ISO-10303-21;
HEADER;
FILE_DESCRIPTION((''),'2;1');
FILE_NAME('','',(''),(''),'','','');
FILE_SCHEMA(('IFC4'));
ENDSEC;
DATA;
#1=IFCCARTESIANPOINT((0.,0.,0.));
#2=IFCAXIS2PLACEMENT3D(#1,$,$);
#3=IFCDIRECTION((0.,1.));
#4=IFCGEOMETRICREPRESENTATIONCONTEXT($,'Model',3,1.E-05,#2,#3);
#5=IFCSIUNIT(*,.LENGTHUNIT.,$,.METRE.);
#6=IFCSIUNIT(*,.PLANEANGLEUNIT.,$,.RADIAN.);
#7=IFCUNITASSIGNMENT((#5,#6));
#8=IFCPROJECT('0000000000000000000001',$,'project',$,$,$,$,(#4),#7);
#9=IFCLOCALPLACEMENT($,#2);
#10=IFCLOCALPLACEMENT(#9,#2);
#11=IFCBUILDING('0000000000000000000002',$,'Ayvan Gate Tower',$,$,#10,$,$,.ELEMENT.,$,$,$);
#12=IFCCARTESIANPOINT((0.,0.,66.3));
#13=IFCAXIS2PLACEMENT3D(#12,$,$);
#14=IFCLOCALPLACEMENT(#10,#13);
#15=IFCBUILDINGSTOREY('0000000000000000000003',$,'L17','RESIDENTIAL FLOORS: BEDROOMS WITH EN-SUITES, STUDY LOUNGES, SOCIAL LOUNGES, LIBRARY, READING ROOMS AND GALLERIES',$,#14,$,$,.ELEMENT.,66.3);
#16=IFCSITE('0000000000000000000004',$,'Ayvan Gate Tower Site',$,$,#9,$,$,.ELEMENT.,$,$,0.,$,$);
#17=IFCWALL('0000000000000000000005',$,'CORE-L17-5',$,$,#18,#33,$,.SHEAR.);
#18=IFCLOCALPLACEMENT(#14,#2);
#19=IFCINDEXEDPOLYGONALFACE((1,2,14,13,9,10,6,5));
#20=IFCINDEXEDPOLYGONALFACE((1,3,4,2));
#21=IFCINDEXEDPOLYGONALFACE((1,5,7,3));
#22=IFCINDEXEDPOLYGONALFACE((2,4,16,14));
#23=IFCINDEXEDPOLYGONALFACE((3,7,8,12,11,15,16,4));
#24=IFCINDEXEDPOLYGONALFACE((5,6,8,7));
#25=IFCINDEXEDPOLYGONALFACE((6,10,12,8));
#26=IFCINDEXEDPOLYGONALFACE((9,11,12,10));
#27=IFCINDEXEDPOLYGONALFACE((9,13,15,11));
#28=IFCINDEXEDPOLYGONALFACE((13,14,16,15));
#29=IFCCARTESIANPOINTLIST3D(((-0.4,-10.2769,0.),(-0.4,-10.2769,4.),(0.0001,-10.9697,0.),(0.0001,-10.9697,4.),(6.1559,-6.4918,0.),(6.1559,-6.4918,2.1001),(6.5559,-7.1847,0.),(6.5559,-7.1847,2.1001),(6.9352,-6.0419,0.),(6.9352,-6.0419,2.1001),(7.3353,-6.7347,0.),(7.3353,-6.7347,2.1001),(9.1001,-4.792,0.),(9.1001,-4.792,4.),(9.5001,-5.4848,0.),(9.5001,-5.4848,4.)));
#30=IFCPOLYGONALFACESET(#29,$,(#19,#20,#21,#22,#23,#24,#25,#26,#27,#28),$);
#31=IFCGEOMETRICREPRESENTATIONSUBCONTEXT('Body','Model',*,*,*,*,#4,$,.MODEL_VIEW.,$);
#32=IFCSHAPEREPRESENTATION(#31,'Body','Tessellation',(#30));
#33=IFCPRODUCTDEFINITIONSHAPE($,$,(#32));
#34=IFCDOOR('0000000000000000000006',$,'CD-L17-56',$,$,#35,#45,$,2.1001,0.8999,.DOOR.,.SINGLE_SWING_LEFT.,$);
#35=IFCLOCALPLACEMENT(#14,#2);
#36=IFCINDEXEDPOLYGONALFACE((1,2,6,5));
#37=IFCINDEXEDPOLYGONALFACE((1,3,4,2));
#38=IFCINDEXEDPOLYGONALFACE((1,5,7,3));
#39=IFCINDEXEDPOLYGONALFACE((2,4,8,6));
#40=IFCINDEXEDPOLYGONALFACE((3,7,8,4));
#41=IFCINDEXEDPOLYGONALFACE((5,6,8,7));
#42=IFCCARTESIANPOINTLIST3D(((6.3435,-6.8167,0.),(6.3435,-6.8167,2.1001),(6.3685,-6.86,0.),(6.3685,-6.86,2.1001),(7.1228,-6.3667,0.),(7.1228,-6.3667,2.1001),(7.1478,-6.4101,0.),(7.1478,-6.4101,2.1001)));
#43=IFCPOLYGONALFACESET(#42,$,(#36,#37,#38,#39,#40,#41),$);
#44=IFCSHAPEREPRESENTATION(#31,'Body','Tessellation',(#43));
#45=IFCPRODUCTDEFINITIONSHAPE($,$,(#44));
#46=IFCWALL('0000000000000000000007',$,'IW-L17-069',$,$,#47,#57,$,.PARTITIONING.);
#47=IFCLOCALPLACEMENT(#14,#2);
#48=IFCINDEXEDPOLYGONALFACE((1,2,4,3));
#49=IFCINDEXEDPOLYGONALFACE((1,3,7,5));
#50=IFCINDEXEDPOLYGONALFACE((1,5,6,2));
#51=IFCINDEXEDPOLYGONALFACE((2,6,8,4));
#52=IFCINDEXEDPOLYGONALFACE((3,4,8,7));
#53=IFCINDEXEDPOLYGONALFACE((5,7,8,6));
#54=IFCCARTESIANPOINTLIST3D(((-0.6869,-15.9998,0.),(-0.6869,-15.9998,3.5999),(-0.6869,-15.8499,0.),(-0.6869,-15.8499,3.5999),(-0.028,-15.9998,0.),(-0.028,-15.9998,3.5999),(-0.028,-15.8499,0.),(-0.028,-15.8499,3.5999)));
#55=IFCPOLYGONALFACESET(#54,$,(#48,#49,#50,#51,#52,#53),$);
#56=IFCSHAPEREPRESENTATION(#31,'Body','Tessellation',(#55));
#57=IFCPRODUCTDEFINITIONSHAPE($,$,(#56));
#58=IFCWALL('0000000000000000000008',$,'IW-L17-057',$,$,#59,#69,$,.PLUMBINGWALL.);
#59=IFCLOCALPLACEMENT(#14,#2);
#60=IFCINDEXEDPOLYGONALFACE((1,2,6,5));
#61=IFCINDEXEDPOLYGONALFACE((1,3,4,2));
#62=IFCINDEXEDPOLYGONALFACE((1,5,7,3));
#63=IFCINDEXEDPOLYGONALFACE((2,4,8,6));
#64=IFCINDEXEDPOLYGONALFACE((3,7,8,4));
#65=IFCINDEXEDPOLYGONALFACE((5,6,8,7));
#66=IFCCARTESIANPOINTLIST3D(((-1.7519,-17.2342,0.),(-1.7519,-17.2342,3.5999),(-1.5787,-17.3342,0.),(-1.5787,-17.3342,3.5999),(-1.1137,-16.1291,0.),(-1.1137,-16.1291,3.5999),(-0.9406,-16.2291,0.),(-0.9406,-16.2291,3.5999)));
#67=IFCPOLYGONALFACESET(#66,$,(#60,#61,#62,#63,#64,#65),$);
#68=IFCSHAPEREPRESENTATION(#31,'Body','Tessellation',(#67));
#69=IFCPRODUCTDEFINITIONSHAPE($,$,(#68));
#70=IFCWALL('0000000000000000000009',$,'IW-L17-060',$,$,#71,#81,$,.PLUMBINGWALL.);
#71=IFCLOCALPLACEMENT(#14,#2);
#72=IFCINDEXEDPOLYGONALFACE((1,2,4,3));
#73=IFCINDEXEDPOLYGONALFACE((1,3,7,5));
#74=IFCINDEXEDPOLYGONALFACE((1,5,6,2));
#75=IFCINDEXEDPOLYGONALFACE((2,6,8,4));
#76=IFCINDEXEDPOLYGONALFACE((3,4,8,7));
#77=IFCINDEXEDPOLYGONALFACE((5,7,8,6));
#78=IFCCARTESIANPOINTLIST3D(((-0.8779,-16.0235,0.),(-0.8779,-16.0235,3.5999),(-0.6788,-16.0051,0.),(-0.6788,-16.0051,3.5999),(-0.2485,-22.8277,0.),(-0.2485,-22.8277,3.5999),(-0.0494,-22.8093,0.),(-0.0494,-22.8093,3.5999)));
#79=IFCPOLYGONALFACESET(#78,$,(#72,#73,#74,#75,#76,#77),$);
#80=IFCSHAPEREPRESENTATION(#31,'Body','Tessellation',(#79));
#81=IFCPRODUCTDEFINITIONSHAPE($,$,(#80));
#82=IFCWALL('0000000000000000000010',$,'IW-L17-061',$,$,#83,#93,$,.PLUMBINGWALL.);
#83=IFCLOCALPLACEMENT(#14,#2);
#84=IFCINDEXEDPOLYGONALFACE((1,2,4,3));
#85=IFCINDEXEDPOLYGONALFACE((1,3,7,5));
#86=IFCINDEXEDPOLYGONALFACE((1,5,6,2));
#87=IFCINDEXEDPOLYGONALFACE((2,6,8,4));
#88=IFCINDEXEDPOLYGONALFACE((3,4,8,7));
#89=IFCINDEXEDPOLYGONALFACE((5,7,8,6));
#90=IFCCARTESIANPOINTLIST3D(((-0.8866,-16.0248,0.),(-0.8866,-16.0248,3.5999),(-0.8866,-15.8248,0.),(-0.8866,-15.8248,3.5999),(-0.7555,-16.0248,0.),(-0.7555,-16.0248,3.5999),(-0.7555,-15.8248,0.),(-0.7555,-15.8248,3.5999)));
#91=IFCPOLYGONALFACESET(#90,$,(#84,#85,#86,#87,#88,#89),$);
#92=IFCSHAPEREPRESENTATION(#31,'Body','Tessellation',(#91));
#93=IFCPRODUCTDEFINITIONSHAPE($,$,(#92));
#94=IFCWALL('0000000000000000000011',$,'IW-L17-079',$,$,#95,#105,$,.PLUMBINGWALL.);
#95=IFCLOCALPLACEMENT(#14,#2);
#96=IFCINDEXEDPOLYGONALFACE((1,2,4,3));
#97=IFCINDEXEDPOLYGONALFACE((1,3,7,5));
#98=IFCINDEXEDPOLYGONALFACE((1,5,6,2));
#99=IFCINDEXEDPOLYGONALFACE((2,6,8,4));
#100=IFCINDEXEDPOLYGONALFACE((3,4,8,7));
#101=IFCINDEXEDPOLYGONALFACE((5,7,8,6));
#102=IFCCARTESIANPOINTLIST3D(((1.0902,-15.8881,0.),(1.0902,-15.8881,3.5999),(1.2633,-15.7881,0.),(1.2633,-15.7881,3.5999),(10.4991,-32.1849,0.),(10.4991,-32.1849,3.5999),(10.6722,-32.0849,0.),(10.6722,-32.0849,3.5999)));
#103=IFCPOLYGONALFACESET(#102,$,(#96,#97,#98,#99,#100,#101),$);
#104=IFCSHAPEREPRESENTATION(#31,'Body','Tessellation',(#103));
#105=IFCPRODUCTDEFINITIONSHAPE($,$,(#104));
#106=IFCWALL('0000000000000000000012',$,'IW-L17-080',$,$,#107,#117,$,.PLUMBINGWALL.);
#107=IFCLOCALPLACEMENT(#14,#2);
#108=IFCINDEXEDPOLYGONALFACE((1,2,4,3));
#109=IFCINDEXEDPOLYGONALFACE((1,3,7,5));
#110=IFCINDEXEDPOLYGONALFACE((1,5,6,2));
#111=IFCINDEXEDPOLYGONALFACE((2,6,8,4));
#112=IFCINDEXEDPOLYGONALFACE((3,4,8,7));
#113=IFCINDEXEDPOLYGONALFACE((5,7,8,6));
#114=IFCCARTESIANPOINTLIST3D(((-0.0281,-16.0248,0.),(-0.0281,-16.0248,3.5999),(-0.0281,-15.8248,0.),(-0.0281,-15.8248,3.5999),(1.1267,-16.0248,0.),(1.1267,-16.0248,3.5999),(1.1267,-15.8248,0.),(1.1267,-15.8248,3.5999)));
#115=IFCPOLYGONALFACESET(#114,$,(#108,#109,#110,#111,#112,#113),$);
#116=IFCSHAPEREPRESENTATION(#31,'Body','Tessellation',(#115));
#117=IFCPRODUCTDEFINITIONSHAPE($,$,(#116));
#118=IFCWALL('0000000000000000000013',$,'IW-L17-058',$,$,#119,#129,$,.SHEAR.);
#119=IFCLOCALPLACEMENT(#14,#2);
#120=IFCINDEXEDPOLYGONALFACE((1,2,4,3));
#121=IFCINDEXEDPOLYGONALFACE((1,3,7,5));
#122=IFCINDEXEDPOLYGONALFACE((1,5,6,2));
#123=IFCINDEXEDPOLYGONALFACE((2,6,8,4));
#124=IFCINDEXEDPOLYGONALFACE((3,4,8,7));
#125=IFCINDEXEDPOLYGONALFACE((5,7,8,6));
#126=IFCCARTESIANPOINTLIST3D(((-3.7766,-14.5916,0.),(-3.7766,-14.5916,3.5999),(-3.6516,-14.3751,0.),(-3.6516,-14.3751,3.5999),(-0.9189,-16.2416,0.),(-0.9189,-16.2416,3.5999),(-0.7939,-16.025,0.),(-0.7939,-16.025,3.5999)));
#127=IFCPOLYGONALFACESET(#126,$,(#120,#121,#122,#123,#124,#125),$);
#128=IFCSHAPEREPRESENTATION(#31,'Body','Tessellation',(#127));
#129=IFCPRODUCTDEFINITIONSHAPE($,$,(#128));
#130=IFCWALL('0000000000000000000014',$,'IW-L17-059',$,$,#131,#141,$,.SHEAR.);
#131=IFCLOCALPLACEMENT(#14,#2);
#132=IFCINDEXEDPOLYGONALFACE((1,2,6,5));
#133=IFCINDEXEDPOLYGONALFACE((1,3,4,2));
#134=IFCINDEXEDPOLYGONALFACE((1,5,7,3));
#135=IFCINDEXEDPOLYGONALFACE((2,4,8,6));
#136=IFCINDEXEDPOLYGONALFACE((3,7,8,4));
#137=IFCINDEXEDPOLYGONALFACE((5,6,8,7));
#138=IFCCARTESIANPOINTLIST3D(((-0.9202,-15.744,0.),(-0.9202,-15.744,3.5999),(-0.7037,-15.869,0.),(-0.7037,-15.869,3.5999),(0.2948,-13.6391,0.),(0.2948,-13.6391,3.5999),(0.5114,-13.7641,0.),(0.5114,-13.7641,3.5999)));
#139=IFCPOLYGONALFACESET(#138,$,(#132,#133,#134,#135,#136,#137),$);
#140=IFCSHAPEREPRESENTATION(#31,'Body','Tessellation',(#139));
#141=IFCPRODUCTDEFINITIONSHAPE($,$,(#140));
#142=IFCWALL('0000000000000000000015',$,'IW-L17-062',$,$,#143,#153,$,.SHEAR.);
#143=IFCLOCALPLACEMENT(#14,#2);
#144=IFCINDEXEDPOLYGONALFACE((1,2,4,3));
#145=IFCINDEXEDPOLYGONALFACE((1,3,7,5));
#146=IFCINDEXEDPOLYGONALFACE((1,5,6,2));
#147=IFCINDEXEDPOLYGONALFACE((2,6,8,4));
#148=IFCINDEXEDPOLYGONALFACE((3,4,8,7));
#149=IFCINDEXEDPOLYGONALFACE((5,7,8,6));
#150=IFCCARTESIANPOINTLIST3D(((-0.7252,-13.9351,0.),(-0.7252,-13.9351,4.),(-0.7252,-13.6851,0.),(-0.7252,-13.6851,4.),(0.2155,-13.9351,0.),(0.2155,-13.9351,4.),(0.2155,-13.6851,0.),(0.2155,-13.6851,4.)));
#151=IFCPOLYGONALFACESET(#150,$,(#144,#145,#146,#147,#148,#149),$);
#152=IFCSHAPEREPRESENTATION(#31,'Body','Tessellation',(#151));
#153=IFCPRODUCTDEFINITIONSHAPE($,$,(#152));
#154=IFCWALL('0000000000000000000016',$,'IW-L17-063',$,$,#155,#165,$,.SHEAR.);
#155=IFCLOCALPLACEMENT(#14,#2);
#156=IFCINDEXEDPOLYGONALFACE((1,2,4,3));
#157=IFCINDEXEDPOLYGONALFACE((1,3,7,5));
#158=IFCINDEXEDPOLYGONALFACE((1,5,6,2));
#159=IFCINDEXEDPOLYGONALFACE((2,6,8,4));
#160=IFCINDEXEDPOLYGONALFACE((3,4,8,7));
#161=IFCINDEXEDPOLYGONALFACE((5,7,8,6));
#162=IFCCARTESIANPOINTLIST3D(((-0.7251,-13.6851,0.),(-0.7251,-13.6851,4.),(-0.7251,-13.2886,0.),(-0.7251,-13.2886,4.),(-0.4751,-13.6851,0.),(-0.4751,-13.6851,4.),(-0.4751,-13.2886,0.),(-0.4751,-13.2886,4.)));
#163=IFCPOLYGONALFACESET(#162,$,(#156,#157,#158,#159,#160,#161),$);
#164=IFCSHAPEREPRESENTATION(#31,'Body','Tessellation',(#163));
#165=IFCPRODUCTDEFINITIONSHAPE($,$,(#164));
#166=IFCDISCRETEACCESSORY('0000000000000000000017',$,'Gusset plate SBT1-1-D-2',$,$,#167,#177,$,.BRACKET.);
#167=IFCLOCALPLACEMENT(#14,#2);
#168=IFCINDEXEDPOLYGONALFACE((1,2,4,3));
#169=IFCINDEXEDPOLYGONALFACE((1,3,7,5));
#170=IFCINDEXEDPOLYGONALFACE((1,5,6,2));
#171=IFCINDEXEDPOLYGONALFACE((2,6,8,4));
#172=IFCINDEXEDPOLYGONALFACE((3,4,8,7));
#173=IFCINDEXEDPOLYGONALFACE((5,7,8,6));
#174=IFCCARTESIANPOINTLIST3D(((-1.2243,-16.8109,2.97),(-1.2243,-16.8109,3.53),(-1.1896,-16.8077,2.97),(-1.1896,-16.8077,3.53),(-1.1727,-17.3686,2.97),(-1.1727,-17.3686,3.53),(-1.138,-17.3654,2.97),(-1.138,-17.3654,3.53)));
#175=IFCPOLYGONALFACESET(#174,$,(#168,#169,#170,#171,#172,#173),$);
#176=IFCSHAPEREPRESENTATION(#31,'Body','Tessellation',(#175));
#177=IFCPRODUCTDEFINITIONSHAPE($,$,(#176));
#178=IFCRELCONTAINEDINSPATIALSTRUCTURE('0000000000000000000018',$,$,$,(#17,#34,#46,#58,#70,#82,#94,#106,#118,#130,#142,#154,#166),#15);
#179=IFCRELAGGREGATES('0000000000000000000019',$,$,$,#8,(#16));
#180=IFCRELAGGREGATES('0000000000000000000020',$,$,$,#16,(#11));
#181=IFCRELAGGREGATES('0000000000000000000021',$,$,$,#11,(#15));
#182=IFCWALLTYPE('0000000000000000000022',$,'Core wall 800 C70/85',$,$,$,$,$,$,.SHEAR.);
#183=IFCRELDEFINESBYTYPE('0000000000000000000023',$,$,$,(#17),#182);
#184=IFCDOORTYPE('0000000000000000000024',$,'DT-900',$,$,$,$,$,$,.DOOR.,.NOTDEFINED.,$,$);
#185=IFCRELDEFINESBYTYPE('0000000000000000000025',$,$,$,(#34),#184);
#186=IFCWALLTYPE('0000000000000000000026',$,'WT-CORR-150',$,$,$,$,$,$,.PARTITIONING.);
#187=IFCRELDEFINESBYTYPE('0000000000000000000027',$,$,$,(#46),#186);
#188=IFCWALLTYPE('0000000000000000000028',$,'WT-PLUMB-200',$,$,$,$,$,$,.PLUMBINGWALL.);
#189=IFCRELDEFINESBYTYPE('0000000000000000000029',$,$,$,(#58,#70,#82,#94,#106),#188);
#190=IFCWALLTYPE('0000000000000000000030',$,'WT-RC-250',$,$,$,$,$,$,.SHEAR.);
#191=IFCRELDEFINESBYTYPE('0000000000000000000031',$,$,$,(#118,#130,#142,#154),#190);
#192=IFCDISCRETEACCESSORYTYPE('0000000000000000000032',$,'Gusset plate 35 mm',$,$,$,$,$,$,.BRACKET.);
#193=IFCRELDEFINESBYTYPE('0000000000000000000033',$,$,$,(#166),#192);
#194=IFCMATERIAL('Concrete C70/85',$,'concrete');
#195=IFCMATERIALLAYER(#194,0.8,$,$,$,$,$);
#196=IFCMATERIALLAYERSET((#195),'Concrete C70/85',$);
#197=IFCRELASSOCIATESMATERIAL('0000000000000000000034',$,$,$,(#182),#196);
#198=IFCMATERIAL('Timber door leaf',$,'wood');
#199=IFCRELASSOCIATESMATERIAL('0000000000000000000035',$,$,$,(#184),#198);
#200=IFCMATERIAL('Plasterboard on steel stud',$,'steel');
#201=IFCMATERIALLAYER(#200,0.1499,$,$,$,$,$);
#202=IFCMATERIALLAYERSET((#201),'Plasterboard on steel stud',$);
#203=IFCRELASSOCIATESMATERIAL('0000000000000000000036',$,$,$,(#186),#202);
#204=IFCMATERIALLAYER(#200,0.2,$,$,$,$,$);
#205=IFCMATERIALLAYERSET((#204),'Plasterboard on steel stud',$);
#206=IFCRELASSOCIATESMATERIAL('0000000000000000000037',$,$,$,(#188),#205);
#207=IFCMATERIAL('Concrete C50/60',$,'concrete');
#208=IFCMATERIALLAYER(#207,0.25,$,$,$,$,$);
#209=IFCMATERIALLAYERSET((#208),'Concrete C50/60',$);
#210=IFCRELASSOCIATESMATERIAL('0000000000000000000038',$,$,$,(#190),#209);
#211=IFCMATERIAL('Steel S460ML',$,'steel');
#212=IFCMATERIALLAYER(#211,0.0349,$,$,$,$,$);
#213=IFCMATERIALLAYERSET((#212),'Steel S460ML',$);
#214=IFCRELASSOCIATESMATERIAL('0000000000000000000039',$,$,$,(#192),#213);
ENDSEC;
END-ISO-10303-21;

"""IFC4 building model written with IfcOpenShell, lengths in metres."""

from ifc_helpers import new_model, si_unit, direction, frame, frame_2d, origin, origin_2d, place, context, subcontext, project, spatial, rectangle, extrude, material, layer, layer_set, type_object, element, fill, save


model = new_model("IFC4")

# Units and contexts
model_context = context("Model", 3, precision=1e-05, world=origin(), true_north=direction((0.0, 1.0)))
body_context = subcontext(model_context, "Body", "Model", "MODEL_VIEW")
ifc_project = project(units=[si_unit("LENGTHUNIT", "METRE"), si_unit("PLANEANGLEUNIT", "RADIAN")], contexts=[model_context])

# Site, building, storey
site_placement = place(None, origin())
site = spatial("IfcSite", under=ifc_project, at=site_placement, Name="Ayvan Gate Tower Site", CompositionType="ELEMENT", RefElevation=0.0)
building_placement = place(site_placement, origin())
building = spatial("IfcBuilding", under=site, at=building_placement, Name="Ayvan Gate Tower", CompositionType="ELEMENT")
storey_placement = place(building_placement, frame((0.0, 0.0, 66.3)))
storey = spatial("IfcBuildingStorey", under=building, at=storey_placement, Name="L17", Description="RESIDENTIAL FLOORS: BEDROOMS WITH EN-SUITES, STUDY LOUNGES, SOCIAL LOUNGES, LIBRARY, READING ROOMS AND GALLERIES", CompositionType="ELEMENT", Elevation=66.3)

# Wall, opening, door
ifc_material_1 = material(Name="Concrete C70/85", Category="concrete")
ifc_layer_1 = layer(ifc_material_1, 0.8)
ifc_layer_set_1 = layer_set([ifc_layer_1], Name="Concrete C70/85")
wall_type_1 = type_object("IfcWallType", Name="Core wall 800 C70/85", PredefinedType="SHEAR", material=ifc_layer_set_1)
wall_1_placement = place(storey_placement, frame((-0.2, -10.6233, 0.0), z_axis=(0.0, 0.0, 1.0), x_axis=(0.866024, 0.500002, 0.0)))
wall_1 = element("IfcWall", 1, at=wall_1_placement, inside=storey, type_object=wall_type_1, Name="CORE-L17-5", PredefinedType="SHEAR", context=body_context, shape_type="SweptSolid", body=[
    extrude(rectangle(XDim=10.9697, YDim=0.8, at=frame_2d((5.4849, 0.0))), origin(), (0.0, 0.0, 1.0), 4.0),
])
opening_placement = place(wall_1_placement, frame((7.5701, 0.0, 0.0)))
opening = element("IfcOpeningElement", 2, at=opening_placement, cuts=wall_1, PredefinedType="OPENING", context=body_context, shape_type="SweptSolid", body=[
    extrude(rectangle(XDim=0.8999, YDim=2.1001, at=frame_2d((0.45, 1.05))), frame((0.0, 0.4099, 0.0), z_axis=(0.0, -1.0, 0.0), x_axis=(1.0, 0.0, 0.0)), (0.0, 0.0, 1.0), 0.8201),
])
ifc_material_2 = material(Name="Timber door leaf", Category="wood")
door_type = type_object("IfcDoorType", Name="DT-900", OperationType="NOTDEFINED", PredefinedType="DOOR", material=ifc_material_2)
door_placement = place(opening_placement, origin())
door = element("IfcDoor", 3, at=door_placement, inside=storey, type_object=door_type, Name="CD-L17-56", OperationType="SINGLE_SWING_LEFT", OverallHeight=2.1001, OverallWidth=0.8999, PredefinedType="DOOR", context=body_context, shape_type="SweptSolid", body=[
    extrude(rectangle(XDim=0.8999, YDim=2.1001, at=frame_2d((0.45, 1.05))), frame((0.0, 0.0249, 0.0), z_axis=(0.0, -1.0, 0.0), x_axis=(1.0, 0.0, 0.0)), (0.0, 0.0, 1.0), 0.05),
])
fill(opening, door)

# Walls
ifc_material_3 = material(Name="Plasterboard on steel stud", Category="steel")
ifc_layer_2 = layer(ifc_material_3, 0.1499)
ifc_layer_set_2 = layer_set([ifc_layer_2], Name="Plasterboard on steel stud")
wall_type_2 = type_object("IfcWallType", Name="WT-CORR-150", PredefinedType="PARTITIONING", material=ifc_layer_set_2)
wall_2_placement = place(storey_placement, frame((-0.0278, -15.9248, 0.0), z_axis=(0.0, 0.0, 1.0), x_axis=(-1.0, 0.0, 0.0)))
element("IfcWall", 4, at=wall_2_placement, inside=storey, type_object=wall_type_2, Name="IW-L17-069", PredefinedType="PARTITIONING", context=body_context, shape_type="SweptSolid", body=[
    extrude(rectangle(XDim=0.6589, YDim=0.1499, at=frame_2d((0.3296, 0.0))), origin(), (0.0, 0.0, 1.0), 3.5999),
])
ifc_layer_3 = layer(ifc_material_3, 0.2)
ifc_layer_set_3 = layer_set([ifc_layer_3], Name="Plasterboard on steel stud")
wall_type_3 = type_object("IfcWallType", Name="WT-PLUMB-200", PredefinedType="PLUMBINGWALL", material=ifc_layer_set_3)
wall_3_placement = place(storey_placement, frame((-1.0271, -16.179, 0.0), z_axis=(0.0, 0.0, 1.0), x_axis=(-0.500048, -0.865998, 0.0)))
element("IfcWall", 5, at=wall_3_placement, inside=storey, type_object=wall_type_3, Name="IW-L17-057", PredefinedType="PLUMBINGWALL", context=body_context, shape_type="SweptSolid", body=[
    extrude(rectangle(XDim=1.2761, YDim=0.2, at=frame_2d((0.6382, 0.0))), origin(), (0.0, 0.0, 1.0), 3.5999),
])
wall_4_placement = place(storey_placement, frame((-0.7783, -16.0144, 0.0), z_axis=(0.0, 0.0, 1.0), x_axis=(0.092108, -0.995749, 0.0)))
element("IfcWall", 6, at=wall_4_placement, inside=storey, type_object=wall_type_3, Name="IW-L17-060", PredefinedType="PLUMBINGWALL", context=body_context, shape_type="SweptSolid", body=[
    extrude(rectangle(XDim=6.8333, YDim=0.2, at=frame_2d((3.4165, 0.0))), origin(), (0.0, 0.0, 1.0), 3.5999),
])
wall_5_placement = place(storey_placement, frame((-0.8865, -15.9248, 0.0), z_axis=(0.0, 0.0, 1.0), x_axis=(1.0, 0.0, 0.0)))
element("IfcWall", 7, at=wall_5_placement, inside=storey, type_object=wall_type_3, Name="IW-L17-061", PredefinedType="PLUMBINGWALL", context=body_context, shape_type="SweptSolid", body=[
    extrude(rectangle(XDim=0.1311, YDim=0.2, at=frame_2d((0.0654, 0.0))), origin(), (0.0, 0.0, 1.0), 3.5999),
])
wall_6_placement = place(storey_placement, frame((1.1768, -15.8381, 0.0), z_axis=(0.0, 0.0, 1.0), x_axis=(0.499997, -0.866027, 0.0)))
element("IfcWall", 8, at=wall_6_placement, inside=storey, type_object=wall_type_3, Name="IW-L17-079", PredefinedType="PLUMBINGWALL", context=body_context, shape_type="SweptSolid", body=[
    extrude(rectangle(XDim=18.8179, YDim=0.2, at=frame_2d((9.4089, 0.0))), origin(), (0.0, 0.0, 1.0), 3.5999),
])
wall_7_placement = place(storey_placement, frame((1.1267, -15.9248, 0.0), z_axis=(0.0, 0.0, 1.0), x_axis=(-1.0, 0.0, 0.0)))
element("IfcWall", 9, at=wall_7_placement, inside=storey, type_object=wall_type_3, Name="IW-L17-080", PredefinedType="PLUMBINGWALL", context=body_context, shape_type="SweptSolid", body=[
    extrude(rectangle(XDim=1.1548, YDim=0.2, at=frame_2d((0.5774, 0.0))), origin(), (0.0, 0.0, 1.0), 3.5999),
])
ifc_material_4 = material(Name="Concrete C50/60", Category="concrete")
ifc_layer_4 = layer(ifc_material_4, 0.25)
ifc_layer_set_4 = layer_set([ifc_layer_4], Name="Concrete C50/60")
wall_type_4 = type_object("IfcWallType", Name="WT-RC-250", PredefinedType="SHEAR", material=ifc_layer_set_4)
wall_8_placement = place(storey_placement, frame((-0.8564, -16.1333, 0.0), z_axis=(0.0, 0.0, 1.0), x_axis=(-0.866022, 0.500006, 0.0)))
element("IfcWall", 10, at=wall_8_placement, inside=storey, type_object=wall_type_4, Name="IW-L17-058", PredefinedType="SHEAR", context=body_context, shape_type="SweptSolid", body=[
    extrude(rectangle(XDim=3.2998, YDim=0.25, at=frame_2d((1.6499, 0.0))), origin(), (0.0, 0.0, 1.0), 3.5999),
])
wall_9_placement = place(storey_placement, frame((-0.812, -15.8066, 0.0), z_axis=(0.0, 0.0, 1.0), x_axis=(0.499931, 0.866065, 0.0)))
element("IfcWall", 11, at=wall_9_placement, inside=storey, type_object=wall_type_4, Name="IW-L17-059", PredefinedType="SHEAR", context=body_context, shape_type="SweptSolid", body=[
    extrude(rectangle(XDim=2.4304, YDim=0.25, at=frame_2d((1.2153, 0.0))), origin(), (0.0, 0.0, 1.0), 3.5999),
])
wall_10_placement = place(storey_placement, frame((-0.7251, -13.8101, 0.0), z_axis=(0.0, 0.0, 1.0), x_axis=(1.0, 0.0, 0.0)))
element("IfcWall", 12, at=wall_10_placement, inside=storey, type_object=wall_type_4, Name="IW-L17-062", PredefinedType="SHEAR", context=body_context, shape_type="SweptSolid", body=[
    extrude(rectangle(XDim=0.9407, YDim=0.25, at=frame_2d((0.4702, 0.0))), origin(), (0.0, 0.0, 1.0), 4.0),
])
wall_11_placement = place(storey_placement, frame((-0.6001, -13.2886, 0.0), z_axis=(0.0, 0.0, 1.0), x_axis=(0.0, -1.0, 0.0)))
element("IfcWall", 13, at=wall_11_placement, inside=storey, type_object=wall_type_4, Name="IW-L17-063", PredefinedType="SHEAR", context=body_context, shape_type="SweptSolid", body=[
    extrude(rectangle(XDim=0.3965, YDim=0.25, at=frame_2d((0.1982, 0.0))), origin(), (0.0, 0.0, 1.0), 4.0),
])

# Discrete accessory
ifc_material_5 = material(Name="Steel S460ML", Category="steel")
ifc_layer_5 = layer(ifc_material_5, 0.0349)
ifc_layer_set_5 = layer_set([ifc_layer_5], Name="Steel S460ML")
discrete_accessory_type = type_object("IfcDiscreteAccessoryType", Name="Gusset plate 35 mm", PredefinedType="BRACKET", material=ifc_layer_set_5)
discrete_accessory_placement = place(storey_placement, frame((-1.1812, -17.0881, 2.97), z_axis=(0.0, 0.0, 1.0), x_axis=(-0.092119, 0.995748, 0.0)))
element("IfcDiscreteAccessory", 14, at=discrete_accessory_placement, inside=storey, type_object=discrete_accessory_type, Name="Gusset plate SBT1-1-D-2", PredefinedType="BRACKET", context=body_context, shape_type="SweptSolid", body=[
    extrude(rectangle(XDim=0.5601, YDim=0.0349, at=origin_2d()), origin(), (0.0, 0.0, 1.0), 0.5601),
])

save(model, "model.ifc")
